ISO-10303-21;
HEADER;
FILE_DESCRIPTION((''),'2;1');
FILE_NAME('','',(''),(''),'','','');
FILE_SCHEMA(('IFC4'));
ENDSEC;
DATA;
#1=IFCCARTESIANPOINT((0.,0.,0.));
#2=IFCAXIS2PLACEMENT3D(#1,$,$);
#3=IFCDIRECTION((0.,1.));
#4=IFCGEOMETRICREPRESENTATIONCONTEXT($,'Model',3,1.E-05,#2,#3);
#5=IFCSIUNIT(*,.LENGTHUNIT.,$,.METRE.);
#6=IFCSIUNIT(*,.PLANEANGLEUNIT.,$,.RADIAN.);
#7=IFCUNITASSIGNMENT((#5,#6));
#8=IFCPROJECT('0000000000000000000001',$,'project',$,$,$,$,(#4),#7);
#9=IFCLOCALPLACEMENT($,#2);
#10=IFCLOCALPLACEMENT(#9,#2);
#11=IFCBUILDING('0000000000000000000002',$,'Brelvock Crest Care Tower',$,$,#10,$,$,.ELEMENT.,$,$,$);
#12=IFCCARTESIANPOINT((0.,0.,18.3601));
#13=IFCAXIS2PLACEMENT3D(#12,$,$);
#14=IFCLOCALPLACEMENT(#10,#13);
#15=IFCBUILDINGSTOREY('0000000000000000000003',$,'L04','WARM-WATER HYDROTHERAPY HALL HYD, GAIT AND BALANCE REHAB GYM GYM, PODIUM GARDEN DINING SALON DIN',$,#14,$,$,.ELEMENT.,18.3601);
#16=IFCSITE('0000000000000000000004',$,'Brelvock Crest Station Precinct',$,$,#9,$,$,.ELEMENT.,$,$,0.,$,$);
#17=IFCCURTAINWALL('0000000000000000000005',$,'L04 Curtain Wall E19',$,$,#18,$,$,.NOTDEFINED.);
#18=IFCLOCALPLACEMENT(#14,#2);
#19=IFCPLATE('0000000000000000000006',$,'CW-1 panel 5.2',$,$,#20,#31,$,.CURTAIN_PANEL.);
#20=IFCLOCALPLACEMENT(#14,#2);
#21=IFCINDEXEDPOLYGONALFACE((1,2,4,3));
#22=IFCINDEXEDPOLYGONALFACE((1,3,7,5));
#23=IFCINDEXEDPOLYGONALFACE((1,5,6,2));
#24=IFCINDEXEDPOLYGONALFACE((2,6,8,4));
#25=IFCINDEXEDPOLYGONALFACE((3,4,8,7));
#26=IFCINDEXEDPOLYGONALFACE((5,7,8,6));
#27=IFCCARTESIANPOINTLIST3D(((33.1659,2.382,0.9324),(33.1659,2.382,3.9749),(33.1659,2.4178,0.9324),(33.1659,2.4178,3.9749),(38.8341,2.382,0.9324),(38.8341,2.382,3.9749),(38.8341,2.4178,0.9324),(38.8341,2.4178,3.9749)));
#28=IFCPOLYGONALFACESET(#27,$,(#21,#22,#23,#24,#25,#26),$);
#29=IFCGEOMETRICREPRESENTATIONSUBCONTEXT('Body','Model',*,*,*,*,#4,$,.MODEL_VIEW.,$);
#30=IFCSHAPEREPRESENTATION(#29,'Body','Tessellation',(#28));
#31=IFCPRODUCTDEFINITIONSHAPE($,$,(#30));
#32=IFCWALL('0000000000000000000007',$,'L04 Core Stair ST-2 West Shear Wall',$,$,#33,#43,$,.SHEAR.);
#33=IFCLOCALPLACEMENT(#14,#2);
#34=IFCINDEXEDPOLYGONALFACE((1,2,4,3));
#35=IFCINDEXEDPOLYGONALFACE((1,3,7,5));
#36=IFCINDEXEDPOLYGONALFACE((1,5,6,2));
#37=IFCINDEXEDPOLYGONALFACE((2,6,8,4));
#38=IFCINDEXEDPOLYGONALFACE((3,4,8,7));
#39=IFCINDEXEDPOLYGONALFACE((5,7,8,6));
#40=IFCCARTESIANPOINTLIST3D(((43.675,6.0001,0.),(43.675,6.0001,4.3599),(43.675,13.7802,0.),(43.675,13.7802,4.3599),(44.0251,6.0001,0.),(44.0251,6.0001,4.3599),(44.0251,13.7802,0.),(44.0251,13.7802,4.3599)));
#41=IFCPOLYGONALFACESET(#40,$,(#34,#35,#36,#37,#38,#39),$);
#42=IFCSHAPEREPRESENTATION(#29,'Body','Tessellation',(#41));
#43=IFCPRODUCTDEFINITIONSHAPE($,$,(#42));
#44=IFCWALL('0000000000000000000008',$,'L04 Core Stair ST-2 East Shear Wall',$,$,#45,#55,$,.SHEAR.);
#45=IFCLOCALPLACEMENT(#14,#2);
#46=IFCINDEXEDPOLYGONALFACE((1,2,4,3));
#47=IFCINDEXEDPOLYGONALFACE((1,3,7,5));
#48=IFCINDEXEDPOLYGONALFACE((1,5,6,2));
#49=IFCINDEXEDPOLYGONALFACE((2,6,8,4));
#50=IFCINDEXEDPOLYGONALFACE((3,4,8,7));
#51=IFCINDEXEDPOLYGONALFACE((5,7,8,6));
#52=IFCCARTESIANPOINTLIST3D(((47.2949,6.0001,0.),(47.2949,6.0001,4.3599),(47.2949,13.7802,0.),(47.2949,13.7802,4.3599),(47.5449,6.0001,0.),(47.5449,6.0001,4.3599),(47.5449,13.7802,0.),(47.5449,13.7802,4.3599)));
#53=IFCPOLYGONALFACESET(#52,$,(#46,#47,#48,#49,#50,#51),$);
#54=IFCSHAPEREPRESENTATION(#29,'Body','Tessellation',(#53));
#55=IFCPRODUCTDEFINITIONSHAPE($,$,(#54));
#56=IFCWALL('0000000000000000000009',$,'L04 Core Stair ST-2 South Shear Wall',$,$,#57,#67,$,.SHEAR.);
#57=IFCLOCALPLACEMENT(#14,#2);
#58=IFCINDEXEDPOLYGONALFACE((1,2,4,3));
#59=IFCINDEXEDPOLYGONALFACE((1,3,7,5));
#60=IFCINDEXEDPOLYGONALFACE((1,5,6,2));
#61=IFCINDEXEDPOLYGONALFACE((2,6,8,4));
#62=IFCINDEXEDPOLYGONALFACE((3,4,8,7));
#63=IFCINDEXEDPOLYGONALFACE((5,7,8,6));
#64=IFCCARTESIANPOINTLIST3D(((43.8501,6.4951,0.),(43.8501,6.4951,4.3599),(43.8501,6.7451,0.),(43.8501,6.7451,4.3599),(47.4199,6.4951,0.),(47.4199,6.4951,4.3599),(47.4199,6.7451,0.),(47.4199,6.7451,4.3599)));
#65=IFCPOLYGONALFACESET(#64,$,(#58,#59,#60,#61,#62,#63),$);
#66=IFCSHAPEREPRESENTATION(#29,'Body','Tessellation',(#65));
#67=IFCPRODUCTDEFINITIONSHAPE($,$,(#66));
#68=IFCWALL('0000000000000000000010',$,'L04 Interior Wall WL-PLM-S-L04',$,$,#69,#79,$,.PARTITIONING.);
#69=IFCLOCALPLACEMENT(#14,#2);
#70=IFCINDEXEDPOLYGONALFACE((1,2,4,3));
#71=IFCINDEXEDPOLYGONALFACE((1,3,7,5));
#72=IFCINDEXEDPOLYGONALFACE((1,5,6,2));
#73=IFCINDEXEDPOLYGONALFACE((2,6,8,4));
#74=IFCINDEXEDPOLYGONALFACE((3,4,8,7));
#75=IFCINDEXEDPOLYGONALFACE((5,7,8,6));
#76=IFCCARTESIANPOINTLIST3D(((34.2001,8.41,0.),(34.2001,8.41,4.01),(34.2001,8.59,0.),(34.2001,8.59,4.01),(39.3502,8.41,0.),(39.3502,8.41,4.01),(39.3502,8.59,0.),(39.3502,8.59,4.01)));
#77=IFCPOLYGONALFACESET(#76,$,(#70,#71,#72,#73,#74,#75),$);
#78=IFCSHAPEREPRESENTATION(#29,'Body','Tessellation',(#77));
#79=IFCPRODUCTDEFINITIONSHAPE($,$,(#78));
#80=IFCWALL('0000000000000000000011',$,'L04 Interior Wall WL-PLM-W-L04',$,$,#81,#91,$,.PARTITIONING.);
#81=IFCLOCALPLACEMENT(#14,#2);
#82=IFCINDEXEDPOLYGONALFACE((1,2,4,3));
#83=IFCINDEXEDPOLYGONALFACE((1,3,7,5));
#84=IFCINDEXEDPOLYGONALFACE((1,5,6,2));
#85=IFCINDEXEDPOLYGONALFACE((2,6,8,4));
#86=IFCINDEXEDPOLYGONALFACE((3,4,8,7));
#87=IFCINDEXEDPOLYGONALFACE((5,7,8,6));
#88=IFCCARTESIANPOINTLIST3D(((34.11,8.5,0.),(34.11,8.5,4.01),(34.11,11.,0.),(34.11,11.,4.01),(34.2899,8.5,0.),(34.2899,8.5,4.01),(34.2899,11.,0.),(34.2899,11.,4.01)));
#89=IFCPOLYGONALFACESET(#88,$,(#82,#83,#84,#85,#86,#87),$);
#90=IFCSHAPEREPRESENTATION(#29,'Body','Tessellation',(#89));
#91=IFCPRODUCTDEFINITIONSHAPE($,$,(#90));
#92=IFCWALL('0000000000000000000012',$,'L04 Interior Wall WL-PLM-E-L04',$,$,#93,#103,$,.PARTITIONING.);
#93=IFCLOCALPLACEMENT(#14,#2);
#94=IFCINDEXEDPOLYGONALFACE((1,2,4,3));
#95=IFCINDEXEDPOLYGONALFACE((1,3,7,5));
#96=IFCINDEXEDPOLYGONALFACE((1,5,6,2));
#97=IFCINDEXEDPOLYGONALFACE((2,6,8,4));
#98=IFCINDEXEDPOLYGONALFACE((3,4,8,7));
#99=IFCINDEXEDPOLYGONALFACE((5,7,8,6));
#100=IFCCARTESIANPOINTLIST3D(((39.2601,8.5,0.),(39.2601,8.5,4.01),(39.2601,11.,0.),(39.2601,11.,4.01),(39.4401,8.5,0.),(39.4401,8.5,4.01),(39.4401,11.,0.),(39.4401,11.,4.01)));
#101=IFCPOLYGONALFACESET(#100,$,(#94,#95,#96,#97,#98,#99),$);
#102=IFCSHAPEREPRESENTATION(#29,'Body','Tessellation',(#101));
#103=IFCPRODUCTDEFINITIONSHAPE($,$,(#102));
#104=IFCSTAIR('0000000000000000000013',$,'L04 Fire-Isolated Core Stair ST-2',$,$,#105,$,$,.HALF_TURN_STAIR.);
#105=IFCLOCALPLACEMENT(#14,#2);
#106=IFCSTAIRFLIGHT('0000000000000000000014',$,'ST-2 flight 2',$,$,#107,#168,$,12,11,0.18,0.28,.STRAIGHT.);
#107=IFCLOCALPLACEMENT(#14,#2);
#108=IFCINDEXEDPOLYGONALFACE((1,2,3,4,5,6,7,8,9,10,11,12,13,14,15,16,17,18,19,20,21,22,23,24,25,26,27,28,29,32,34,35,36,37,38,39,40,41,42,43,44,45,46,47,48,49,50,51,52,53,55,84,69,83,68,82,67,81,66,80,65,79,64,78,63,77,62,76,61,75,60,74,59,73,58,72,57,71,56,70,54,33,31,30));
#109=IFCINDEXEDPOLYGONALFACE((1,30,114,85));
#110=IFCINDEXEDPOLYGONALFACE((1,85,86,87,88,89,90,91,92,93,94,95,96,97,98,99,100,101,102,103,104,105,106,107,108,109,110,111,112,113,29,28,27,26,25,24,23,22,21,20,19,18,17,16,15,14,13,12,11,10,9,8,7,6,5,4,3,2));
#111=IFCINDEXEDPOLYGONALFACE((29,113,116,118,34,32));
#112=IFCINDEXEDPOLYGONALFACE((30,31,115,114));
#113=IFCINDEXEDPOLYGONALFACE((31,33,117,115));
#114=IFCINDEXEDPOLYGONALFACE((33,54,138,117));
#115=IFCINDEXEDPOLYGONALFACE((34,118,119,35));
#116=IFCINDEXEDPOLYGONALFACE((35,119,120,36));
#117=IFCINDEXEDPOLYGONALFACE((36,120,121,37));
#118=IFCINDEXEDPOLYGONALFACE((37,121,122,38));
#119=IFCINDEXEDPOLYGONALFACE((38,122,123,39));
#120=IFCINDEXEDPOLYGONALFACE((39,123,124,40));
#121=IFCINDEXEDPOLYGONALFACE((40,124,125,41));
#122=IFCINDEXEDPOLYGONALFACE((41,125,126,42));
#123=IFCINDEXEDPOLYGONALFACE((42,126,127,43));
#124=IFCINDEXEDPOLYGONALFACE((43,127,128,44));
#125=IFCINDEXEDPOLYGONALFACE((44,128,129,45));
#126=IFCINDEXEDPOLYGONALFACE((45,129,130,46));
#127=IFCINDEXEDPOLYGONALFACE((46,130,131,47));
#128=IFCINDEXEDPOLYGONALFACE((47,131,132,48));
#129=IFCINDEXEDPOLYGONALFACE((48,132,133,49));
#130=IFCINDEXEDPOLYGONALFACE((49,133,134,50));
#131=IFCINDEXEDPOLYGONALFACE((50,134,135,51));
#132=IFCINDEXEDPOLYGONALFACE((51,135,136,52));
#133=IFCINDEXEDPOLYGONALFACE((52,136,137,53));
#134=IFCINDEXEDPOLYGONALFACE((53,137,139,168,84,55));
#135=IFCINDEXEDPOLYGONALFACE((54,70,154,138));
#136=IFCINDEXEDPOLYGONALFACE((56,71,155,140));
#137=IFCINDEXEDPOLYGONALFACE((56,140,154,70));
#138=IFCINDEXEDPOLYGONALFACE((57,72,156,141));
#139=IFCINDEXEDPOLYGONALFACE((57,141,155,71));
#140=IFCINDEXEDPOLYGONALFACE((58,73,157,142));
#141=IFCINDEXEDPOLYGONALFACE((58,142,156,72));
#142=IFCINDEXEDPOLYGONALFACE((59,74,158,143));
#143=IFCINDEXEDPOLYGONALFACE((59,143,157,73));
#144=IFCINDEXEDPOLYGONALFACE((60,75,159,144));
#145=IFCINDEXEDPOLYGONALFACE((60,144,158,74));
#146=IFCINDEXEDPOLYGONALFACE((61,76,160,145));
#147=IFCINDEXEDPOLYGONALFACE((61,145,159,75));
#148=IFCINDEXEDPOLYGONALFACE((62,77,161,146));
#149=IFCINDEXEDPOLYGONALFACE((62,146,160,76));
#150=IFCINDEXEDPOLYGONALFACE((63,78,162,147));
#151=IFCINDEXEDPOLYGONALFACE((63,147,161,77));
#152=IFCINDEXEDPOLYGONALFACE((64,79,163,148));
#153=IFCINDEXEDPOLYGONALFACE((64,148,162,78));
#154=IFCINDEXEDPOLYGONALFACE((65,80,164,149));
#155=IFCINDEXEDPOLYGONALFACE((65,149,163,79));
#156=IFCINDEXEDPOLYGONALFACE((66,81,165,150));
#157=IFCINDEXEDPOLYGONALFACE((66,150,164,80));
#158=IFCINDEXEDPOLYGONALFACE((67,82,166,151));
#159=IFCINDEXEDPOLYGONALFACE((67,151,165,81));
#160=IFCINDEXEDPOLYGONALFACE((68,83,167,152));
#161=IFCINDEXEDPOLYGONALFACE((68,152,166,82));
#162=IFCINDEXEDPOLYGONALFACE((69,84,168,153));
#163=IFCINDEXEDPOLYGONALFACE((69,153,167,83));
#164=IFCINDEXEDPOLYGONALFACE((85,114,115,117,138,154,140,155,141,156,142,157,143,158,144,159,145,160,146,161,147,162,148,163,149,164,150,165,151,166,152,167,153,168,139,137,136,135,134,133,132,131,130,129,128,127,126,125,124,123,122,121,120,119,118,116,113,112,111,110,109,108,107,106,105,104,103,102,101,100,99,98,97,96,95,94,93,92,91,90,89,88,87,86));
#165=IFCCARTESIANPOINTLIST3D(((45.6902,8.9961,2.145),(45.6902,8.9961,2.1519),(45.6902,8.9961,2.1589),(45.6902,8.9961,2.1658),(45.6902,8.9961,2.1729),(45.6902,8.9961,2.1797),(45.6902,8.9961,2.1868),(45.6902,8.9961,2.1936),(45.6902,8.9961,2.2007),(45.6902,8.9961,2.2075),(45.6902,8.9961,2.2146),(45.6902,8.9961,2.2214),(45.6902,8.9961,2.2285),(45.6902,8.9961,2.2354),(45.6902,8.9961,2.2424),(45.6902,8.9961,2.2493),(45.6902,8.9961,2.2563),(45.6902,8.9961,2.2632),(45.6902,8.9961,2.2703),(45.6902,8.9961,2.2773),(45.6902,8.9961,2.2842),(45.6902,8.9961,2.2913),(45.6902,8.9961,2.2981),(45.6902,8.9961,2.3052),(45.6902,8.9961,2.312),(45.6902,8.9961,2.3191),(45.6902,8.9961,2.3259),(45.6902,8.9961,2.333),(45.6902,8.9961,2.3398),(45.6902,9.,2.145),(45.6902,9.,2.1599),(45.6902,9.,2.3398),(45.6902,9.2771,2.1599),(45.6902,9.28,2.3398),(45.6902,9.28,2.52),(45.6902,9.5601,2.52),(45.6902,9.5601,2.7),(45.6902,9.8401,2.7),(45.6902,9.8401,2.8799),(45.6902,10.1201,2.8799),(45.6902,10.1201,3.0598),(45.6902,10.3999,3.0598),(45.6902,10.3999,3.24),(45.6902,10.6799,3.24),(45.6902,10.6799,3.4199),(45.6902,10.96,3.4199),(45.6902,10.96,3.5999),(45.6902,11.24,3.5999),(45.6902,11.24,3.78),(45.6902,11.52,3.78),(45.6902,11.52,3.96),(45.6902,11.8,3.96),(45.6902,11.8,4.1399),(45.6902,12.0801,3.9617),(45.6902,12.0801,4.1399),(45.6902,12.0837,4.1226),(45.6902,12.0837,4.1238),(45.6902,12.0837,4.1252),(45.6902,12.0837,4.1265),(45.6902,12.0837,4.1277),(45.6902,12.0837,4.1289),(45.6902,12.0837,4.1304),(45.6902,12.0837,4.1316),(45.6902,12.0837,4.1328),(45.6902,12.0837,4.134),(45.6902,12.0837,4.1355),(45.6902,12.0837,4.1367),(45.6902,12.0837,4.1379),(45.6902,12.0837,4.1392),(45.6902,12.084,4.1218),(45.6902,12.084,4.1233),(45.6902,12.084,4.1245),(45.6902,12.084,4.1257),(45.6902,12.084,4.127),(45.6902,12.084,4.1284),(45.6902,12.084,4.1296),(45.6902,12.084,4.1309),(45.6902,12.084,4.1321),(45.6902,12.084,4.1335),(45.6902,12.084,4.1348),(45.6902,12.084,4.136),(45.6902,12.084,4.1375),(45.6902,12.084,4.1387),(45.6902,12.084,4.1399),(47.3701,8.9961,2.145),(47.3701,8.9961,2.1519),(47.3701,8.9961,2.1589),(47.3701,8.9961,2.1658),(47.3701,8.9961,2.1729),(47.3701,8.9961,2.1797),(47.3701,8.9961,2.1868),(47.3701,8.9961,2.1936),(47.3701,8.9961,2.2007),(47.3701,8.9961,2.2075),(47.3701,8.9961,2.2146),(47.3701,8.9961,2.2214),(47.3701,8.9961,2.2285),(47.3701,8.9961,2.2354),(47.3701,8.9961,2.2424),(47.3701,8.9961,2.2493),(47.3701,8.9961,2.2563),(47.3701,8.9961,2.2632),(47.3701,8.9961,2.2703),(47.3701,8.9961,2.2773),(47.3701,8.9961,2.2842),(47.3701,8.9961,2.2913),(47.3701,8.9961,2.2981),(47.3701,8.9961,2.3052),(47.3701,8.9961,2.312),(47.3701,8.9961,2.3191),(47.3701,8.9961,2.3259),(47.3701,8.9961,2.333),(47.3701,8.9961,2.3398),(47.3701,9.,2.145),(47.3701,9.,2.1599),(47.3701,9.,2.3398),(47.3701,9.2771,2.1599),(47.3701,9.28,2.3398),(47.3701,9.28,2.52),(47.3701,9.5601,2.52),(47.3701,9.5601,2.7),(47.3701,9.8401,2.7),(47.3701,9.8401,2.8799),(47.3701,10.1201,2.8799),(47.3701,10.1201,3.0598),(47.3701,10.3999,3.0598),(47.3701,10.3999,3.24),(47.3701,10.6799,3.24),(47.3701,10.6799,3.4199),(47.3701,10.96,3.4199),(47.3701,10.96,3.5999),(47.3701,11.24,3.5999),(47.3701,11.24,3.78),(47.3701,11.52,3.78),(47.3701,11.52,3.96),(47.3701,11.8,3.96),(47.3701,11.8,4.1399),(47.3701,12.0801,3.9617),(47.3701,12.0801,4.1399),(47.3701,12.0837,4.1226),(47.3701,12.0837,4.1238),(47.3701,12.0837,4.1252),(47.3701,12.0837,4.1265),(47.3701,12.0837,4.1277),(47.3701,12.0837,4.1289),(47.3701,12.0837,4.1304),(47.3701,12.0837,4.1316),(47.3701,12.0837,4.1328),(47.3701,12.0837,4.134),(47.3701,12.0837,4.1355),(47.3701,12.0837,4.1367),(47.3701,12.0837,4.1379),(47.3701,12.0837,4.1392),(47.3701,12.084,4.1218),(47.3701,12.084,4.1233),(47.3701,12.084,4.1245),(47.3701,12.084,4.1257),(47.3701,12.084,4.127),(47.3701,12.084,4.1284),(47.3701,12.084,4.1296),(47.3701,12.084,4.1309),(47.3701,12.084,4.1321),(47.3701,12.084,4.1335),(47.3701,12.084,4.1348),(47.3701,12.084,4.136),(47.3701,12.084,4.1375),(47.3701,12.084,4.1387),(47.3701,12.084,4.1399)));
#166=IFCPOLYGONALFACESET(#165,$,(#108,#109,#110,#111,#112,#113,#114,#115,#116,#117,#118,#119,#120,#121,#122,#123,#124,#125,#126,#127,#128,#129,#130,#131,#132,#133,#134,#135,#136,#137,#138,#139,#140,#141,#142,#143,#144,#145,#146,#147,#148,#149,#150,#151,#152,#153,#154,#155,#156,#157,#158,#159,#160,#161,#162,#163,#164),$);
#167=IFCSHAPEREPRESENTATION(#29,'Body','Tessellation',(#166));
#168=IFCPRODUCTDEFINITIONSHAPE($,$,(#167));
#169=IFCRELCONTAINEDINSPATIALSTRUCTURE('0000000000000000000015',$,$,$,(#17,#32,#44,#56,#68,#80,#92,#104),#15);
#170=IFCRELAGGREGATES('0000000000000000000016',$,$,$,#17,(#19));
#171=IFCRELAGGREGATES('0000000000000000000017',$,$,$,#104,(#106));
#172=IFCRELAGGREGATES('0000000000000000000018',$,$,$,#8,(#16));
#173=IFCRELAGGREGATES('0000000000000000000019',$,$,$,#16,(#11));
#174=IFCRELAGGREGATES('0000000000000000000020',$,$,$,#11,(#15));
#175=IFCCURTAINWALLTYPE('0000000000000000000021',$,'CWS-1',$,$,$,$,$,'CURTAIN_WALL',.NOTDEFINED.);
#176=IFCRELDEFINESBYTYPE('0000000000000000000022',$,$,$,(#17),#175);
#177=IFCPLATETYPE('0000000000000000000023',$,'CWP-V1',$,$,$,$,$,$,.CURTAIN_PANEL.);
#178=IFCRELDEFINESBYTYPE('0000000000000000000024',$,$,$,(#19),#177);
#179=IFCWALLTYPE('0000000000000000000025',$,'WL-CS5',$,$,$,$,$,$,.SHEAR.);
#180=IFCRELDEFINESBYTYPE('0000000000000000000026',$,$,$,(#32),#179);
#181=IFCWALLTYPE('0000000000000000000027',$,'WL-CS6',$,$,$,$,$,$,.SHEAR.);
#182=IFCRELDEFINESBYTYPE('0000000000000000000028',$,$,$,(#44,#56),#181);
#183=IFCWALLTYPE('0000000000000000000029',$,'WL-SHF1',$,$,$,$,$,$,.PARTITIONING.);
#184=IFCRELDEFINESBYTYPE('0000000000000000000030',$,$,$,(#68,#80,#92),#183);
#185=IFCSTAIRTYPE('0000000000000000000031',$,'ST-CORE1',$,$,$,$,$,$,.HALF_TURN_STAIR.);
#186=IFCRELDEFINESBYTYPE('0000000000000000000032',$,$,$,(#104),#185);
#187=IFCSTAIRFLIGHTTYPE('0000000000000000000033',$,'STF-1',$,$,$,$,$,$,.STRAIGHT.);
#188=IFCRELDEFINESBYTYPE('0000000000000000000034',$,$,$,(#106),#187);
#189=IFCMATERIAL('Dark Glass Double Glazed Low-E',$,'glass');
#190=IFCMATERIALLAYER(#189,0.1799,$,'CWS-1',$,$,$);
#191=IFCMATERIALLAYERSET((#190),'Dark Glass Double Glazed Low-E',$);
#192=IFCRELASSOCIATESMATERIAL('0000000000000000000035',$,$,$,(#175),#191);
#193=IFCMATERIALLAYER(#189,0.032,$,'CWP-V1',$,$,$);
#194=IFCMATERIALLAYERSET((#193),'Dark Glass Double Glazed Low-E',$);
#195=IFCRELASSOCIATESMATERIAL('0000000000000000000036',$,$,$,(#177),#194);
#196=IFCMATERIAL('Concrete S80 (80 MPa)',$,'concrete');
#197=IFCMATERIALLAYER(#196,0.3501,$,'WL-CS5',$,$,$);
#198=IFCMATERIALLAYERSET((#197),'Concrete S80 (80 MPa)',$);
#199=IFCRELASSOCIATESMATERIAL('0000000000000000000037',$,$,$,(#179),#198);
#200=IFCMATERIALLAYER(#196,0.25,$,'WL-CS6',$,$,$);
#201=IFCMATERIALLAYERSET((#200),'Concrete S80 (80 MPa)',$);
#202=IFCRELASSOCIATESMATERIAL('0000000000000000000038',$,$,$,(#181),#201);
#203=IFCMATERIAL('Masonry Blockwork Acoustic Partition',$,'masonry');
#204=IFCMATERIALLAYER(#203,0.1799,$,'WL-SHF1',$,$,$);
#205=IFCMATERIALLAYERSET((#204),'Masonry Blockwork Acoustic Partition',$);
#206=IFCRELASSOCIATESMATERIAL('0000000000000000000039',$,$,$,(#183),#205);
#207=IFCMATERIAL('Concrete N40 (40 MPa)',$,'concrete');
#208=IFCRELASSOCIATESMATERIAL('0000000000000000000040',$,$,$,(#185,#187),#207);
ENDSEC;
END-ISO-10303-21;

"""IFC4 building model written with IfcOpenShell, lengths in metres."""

from ifc_helpers import new_model, si_unit, direction, frame, frame_2d, origin, origin_2d, place, context, subcontext, project, spatial, polyline, rectangle, outline, extrude, source, transform, mapped, material, layer, layer_set, type_object, element, aggregate, save


model = new_model("IFC4")

# Units and contexts
model_context = context("Model", 3, precision=1e-05, world=origin(), true_north=direction((0.0, 1.0)))
body_context = subcontext(model_context, "Body", "Model", "MODEL_VIEW")
ifc_project = project(units=[si_unit("LENGTHUNIT", "METRE"), si_unit("PLANEANGLEUNIT", "RADIAN")], contexts=[model_context])

# Site, building, storey
site_placement = place(None, origin())
site = spatial("IfcSite", under=ifc_project, at=site_placement, Name="Brelvock Crest Station Precinct", CompositionType="ELEMENT", RefElevation=0.0)
building_placement = place(site_placement, origin())
building = spatial("IfcBuilding", under=site, at=building_placement, Name="Brelvock Crest Care Tower", CompositionType="ELEMENT")
storey_placement = place(building_placement, frame((0.0, 0.0, 18.3601)))
storey = spatial("IfcBuildingStorey", under=building, at=storey_placement, Name="L04", Description="WARM-WATER HYDROTHERAPY HALL HYD, GAIT AND BALANCE REHAB GYM GYM, PODIUM GARDEN DINING SALON DIN", CompositionType="ELEMENT", Elevation=18.3601)

# Shared definitions
ifc_material_1 = material(Name="Concrete S80 (80 MPa)", Category="concrete")

# Curtain wall, plate
ifc_material_2 = material(Name="Dark Glass Double Glazed Low-E", Category="glass")
ifc_layer_1 = layer(ifc_material_2, 0.1799, Name="CWS-1")
ifc_layer_set_1 = layer_set([ifc_layer_1], Name="Dark Glass Double Glazed Low-E")
curtain_wall_type = type_object("IfcCurtainWallType", Name="CWS-1", ElementType="CURTAIN_WALL", PredefinedType="NOTDEFINED", material=ifc_layer_set_1)
curtain_wall_placement = place(storey_placement, origin())
curtain_wall = element("IfcCurtainWall", 1, at=curtain_wall_placement, inside=storey, type_object=curtain_wall_type, Name="L04 Curtain Wall E19", PredefinedType="NOTDEFINED")
ifc_layer_2 = layer(ifc_material_2, 0.032, Name="CWP-V1")
ifc_layer_set_2 = layer_set([ifc_layer_2], Name="Dark Glass Double Glazed Low-E")
plate_type_1 = type_object("IfcPlateType", Name="CWP-V1", PredefinedType="CURTAIN_PANEL", material=ifc_layer_set_2)
shared_shape_1 = source(origin(), body_context, "Body", "SweptSolid", [
    extrude(rectangle(XDim=5.6682, YDim=0.0359, at=origin_2d()), origin(), (0.0, 0.0, 1.0), 3.0425),
])
plate_1_placement = place(storey_placement, frame((36.0, 2.3999, 0.9324), z_axis=(0.0, 0.0, 1.0), x_axis=(-1.0, 0.0, 0.0)))
plate_1 = element("IfcPlate", 2, at=plate_1_placement, type_object=plate_type_1, Name="CW-1 panel 5.2", PredefinedType="CURTAIN_PANEL", context=body_context, shape_type="MappedRepresentation", body=[
    mapped(shared_shape_1, transform((0.0, 0.0, 0.0), x_axis=(1.0, 0.0, 0.0), y_axis=(0.0, 1.0, 0.0), z_axis=(0.0, 0.0, 1.0), scale=1.0)),
])
aggregate(curtain_wall, [plate_1])

# Walls
ifc_layer_3 = layer(ifc_material_1, 0.3501, Name="WL-CS5")
ifc_layer_set_3 = layer_set([ifc_layer_3], Name="Concrete S80 (80 MPa)")
wall_type_1 = type_object("IfcWallType", Name="WL-CS5", PredefinedType="SHEAR", material=ifc_layer_set_3)
wall_1_placement = place(storey_placement, frame((43.8501, 6.0, 0.0), z_axis=(0.0, 0.0, 1.0), x_axis=(0.0, 1.0, 0.0)))
element("IfcWall", 3, at=wall_1_placement, inside=storey, type_object=wall_type_1, Name="L04 Core Stair ST-2 West Shear Wall", PredefinedType="SHEAR", context=body_context, shape_type="SweptSolid", body=[
    extrude(rectangle(XDim=7.78, YDim=0.3501, at=frame_2d((3.8901, 0.0))), origin(), (0.0, 0.0, 1.0), 4.3599),
])
ifc_layer_4 = layer(ifc_material_1, 0.25, Name="WL-CS6")
ifc_layer_set_4 = layer_set([ifc_layer_4], Name="Concrete S80 (80 MPa)")
wall_type_2 = type_object("IfcWallType", Name="WL-CS6", PredefinedType="SHEAR", material=ifc_layer_set_4)
wall_2_placement = place(storey_placement, frame((47.4199, 6.0, 0.0), z_axis=(0.0, 0.0, 1.0), x_axis=(0.0, 1.0, 0.0)))
element("IfcWall", 4, at=wall_2_placement, inside=storey, type_object=wall_type_2, Name="L04 Core Stair ST-2 East Shear Wall", PredefinedType="SHEAR", context=body_context, shape_type="SweptSolid", body=[
    extrude(rectangle(XDim=7.78, YDim=0.25, at=frame_2d((3.8901, 0.0))), origin(), (0.0, 0.0, 1.0), 4.3599),
])
wall_3_placement = place(storey_placement, frame((43.8501, 6.6201, 0.0), z_axis=(0.0, 0.0, 1.0), x_axis=(1.0, 0.0, 0.0)))
element("IfcWall", 5, at=wall_3_placement, inside=storey, type_object=wall_type_2, Name="L04 Core Stair ST-2 South Shear Wall", PredefinedType="SHEAR", context=body_context, shape_type="SweptSolid", body=[
    extrude(rectangle(XDim=3.5698, YDim=0.25, at=frame_2d((1.7849, 0.0))), origin(), (0.0, 0.0, 1.0), 4.3599),
])
ifc_material_3 = material(Name="Masonry Blockwork Acoustic Partition", Category="masonry")
ifc_layer_5 = layer(ifc_material_3, 0.1799, Name="WL-SHF1")
ifc_layer_set_5 = layer_set([ifc_layer_5], Name="Masonry Blockwork Acoustic Partition")
wall_type_3 = type_object("IfcWallType", Name="WL-SHF1", PredefinedType="PARTITIONING", material=ifc_layer_set_5)
wall_4_placement = place(storey_placement, frame((34.2, 8.5, 0.0), z_axis=(0.0, 0.0, 1.0), x_axis=(1.0, 0.0, 0.0)))
element("IfcWall", 6, at=wall_4_placement, inside=storey, type_object=wall_type_3, Name="L04 Interior Wall WL-PLM-S-L04", PredefinedType="PARTITIONING", context=body_context, shape_type="SweptSolid", body=[
    extrude(rectangle(XDim=5.1501, YDim=0.1799, at=frame_2d((2.5752, 0.0))), origin(), (0.0, 0.0, 1.0), 4.01),
])
for number, where, z_axis, x_axis, name in (
    (7, (34.2, 8.5, 0.0), (0.0, 0.0, 1.0), (0.0, 1.0, 0.0), "L04 Interior Wall WL-PLM-W-L04"),
    (8, (39.3501, 8.5, 0.0), (0.0, 0.0, 1.0), (0.0, 1.0, 0.0), "L04 Interior Wall WL-PLM-E-L04"),
):
    element("IfcWall", number, at=place(storey_placement, frame(where, z_axis=z_axis, x_axis=x_axis)), inside=storey, type_object=wall_type_3, Name=name, PredefinedType="PARTITIONING", context=body_context, shape_type="SweptSolid", body=[
        extrude(rectangle(XDim=2.5, YDim=0.1799, at=frame_2d((1.25, 0.0))), origin(), (0.0, 0.0, 1.0), 4.01),
    ])

# Stair, stair flight
ifc_material_4 = material(Name="Concrete N40 (40 MPa)", Category="concrete")
stair_type = type_object("IfcStairType", Name="ST-CORE1", PredefinedType="HALF_TURN_STAIR", material=ifc_material_4)
stair_placement = place(storey_placement, origin())
stair = element("IfcStair", 9, at=stair_placement, inside=storey, type_object=stair_type, Name="L04 Fire-Isolated Core Stair ST-2", PredefinedType="HALF_TURN_STAIR")
stair_flight_type = type_object("IfcStairFlightType", Name="STF-1", PredefinedType="STRAIGHT", material=ifc_material_4)
stair_flight_placement = place(storey_placement, frame((46.53, 9.0, 2.1599), z_axis=(0.0, 0.0, 1.0), x_axis=(0.0, 1.0, 0.0)))
stair_flight = element("IfcStairFlight", 10, at=stair_flight_placement, type_object=stair_flight_type, Name="ST-2 flight 2", NumberOfRisers=12, NumberOfTreads=11, PredefinedType="STRAIGHT", RiserHeight=0.18, TreadLength=0.28, context=body_context, shape_type="SweptSolid", body=[
    extrude(outline(polyline([(-0.0039, -0.0149), (-0.0039, -0.0081), (-0.0039, -0.001), (-0.0039, 0.0059), (-0.0039, 0.0129), (-0.0039, 0.0198), (-0.0039, 0.0269), (-0.0039, 0.0337), (-0.0039, 0.0408), (-0.0039, 0.0476), (-0.0039, 0.0547), (-0.0039, 0.0615), (-0.0039, 0.0686), (-0.0039, 0.0754), (-0.0039, 0.0825), (-0.0039, 0.0894), (-0.0039, 0.0964), (-0.0039, 0.1033), (-0.0039, 0.1104), (-0.0039, 0.1174), (-0.0039, 0.1243), (-0.0039, 0.1313), (-0.0039, 0.1382), (-0.0039, 0.1453), (-0.0039, 0.1521), (-0.0039, 0.1592), (-0.0039, 0.166), (-0.0039, 0.1731), (-0.0039, 0.1799), (0.0, 0.1799), (0.28, 0.1799), (0.28, 0.3601), (0.5601, 0.3601), (0.5601, 0.54), (0.8401, 0.54), (0.8401, 0.72), (1.1201, 0.72), (1.1201, 0.8999), (1.3999, 0.8999), (1.3999, 1.0801), (1.6799, 1.0801), (1.6799, 1.26), (1.96, 1.26), (1.96, 1.4399), (2.24, 1.4399), (2.24, 1.6201), (2.52, 1.6201), (2.52, 1.8), (2.8, 1.8), (2.8, 1.98), (3.0801, 1.98), (3.084, 1.98), (3.0837, 1.9792), (3.084, 1.9788), (3.0837, 1.978), (3.084, 1.9775), (3.0837, 1.9768), (3.084, 1.9761), (3.0837, 1.9756), (3.084, 1.9749), (3.0837, 1.9741), (3.084, 1.9736), (3.0837, 1.9729), (3.084, 1.9722), (3.0837, 1.9717), (3.084, 1.9709), (3.0837, 1.9705), (3.084, 1.9697), (3.0837, 1.969), (3.084, 1.9685), (3.0837, 1.9678), (3.084, 1.967), (3.0837, 1.9666), (3.084, 1.9658), (3.0837, 1.9653), (3.084, 1.9646), (3.0837, 1.9639), (3.084, 1.9634), (3.0837, 1.9626), (3.084, 1.9619), (3.0801, 1.8018), (0.2771, 0.0), (0.0, 0.0), (0.0, -0.0149), (-0.0039, -0.0149)])), frame((0.0, 0.8398, 0.0), z_axis=(0.0, -1.0, 0.0), x_axis=(1.0, 0.0, 0.0)), (0.0, 0.0, 1.0), 1.6799),
])
aggregate(stair, [stair_flight])

save(model, "model.ifc")
